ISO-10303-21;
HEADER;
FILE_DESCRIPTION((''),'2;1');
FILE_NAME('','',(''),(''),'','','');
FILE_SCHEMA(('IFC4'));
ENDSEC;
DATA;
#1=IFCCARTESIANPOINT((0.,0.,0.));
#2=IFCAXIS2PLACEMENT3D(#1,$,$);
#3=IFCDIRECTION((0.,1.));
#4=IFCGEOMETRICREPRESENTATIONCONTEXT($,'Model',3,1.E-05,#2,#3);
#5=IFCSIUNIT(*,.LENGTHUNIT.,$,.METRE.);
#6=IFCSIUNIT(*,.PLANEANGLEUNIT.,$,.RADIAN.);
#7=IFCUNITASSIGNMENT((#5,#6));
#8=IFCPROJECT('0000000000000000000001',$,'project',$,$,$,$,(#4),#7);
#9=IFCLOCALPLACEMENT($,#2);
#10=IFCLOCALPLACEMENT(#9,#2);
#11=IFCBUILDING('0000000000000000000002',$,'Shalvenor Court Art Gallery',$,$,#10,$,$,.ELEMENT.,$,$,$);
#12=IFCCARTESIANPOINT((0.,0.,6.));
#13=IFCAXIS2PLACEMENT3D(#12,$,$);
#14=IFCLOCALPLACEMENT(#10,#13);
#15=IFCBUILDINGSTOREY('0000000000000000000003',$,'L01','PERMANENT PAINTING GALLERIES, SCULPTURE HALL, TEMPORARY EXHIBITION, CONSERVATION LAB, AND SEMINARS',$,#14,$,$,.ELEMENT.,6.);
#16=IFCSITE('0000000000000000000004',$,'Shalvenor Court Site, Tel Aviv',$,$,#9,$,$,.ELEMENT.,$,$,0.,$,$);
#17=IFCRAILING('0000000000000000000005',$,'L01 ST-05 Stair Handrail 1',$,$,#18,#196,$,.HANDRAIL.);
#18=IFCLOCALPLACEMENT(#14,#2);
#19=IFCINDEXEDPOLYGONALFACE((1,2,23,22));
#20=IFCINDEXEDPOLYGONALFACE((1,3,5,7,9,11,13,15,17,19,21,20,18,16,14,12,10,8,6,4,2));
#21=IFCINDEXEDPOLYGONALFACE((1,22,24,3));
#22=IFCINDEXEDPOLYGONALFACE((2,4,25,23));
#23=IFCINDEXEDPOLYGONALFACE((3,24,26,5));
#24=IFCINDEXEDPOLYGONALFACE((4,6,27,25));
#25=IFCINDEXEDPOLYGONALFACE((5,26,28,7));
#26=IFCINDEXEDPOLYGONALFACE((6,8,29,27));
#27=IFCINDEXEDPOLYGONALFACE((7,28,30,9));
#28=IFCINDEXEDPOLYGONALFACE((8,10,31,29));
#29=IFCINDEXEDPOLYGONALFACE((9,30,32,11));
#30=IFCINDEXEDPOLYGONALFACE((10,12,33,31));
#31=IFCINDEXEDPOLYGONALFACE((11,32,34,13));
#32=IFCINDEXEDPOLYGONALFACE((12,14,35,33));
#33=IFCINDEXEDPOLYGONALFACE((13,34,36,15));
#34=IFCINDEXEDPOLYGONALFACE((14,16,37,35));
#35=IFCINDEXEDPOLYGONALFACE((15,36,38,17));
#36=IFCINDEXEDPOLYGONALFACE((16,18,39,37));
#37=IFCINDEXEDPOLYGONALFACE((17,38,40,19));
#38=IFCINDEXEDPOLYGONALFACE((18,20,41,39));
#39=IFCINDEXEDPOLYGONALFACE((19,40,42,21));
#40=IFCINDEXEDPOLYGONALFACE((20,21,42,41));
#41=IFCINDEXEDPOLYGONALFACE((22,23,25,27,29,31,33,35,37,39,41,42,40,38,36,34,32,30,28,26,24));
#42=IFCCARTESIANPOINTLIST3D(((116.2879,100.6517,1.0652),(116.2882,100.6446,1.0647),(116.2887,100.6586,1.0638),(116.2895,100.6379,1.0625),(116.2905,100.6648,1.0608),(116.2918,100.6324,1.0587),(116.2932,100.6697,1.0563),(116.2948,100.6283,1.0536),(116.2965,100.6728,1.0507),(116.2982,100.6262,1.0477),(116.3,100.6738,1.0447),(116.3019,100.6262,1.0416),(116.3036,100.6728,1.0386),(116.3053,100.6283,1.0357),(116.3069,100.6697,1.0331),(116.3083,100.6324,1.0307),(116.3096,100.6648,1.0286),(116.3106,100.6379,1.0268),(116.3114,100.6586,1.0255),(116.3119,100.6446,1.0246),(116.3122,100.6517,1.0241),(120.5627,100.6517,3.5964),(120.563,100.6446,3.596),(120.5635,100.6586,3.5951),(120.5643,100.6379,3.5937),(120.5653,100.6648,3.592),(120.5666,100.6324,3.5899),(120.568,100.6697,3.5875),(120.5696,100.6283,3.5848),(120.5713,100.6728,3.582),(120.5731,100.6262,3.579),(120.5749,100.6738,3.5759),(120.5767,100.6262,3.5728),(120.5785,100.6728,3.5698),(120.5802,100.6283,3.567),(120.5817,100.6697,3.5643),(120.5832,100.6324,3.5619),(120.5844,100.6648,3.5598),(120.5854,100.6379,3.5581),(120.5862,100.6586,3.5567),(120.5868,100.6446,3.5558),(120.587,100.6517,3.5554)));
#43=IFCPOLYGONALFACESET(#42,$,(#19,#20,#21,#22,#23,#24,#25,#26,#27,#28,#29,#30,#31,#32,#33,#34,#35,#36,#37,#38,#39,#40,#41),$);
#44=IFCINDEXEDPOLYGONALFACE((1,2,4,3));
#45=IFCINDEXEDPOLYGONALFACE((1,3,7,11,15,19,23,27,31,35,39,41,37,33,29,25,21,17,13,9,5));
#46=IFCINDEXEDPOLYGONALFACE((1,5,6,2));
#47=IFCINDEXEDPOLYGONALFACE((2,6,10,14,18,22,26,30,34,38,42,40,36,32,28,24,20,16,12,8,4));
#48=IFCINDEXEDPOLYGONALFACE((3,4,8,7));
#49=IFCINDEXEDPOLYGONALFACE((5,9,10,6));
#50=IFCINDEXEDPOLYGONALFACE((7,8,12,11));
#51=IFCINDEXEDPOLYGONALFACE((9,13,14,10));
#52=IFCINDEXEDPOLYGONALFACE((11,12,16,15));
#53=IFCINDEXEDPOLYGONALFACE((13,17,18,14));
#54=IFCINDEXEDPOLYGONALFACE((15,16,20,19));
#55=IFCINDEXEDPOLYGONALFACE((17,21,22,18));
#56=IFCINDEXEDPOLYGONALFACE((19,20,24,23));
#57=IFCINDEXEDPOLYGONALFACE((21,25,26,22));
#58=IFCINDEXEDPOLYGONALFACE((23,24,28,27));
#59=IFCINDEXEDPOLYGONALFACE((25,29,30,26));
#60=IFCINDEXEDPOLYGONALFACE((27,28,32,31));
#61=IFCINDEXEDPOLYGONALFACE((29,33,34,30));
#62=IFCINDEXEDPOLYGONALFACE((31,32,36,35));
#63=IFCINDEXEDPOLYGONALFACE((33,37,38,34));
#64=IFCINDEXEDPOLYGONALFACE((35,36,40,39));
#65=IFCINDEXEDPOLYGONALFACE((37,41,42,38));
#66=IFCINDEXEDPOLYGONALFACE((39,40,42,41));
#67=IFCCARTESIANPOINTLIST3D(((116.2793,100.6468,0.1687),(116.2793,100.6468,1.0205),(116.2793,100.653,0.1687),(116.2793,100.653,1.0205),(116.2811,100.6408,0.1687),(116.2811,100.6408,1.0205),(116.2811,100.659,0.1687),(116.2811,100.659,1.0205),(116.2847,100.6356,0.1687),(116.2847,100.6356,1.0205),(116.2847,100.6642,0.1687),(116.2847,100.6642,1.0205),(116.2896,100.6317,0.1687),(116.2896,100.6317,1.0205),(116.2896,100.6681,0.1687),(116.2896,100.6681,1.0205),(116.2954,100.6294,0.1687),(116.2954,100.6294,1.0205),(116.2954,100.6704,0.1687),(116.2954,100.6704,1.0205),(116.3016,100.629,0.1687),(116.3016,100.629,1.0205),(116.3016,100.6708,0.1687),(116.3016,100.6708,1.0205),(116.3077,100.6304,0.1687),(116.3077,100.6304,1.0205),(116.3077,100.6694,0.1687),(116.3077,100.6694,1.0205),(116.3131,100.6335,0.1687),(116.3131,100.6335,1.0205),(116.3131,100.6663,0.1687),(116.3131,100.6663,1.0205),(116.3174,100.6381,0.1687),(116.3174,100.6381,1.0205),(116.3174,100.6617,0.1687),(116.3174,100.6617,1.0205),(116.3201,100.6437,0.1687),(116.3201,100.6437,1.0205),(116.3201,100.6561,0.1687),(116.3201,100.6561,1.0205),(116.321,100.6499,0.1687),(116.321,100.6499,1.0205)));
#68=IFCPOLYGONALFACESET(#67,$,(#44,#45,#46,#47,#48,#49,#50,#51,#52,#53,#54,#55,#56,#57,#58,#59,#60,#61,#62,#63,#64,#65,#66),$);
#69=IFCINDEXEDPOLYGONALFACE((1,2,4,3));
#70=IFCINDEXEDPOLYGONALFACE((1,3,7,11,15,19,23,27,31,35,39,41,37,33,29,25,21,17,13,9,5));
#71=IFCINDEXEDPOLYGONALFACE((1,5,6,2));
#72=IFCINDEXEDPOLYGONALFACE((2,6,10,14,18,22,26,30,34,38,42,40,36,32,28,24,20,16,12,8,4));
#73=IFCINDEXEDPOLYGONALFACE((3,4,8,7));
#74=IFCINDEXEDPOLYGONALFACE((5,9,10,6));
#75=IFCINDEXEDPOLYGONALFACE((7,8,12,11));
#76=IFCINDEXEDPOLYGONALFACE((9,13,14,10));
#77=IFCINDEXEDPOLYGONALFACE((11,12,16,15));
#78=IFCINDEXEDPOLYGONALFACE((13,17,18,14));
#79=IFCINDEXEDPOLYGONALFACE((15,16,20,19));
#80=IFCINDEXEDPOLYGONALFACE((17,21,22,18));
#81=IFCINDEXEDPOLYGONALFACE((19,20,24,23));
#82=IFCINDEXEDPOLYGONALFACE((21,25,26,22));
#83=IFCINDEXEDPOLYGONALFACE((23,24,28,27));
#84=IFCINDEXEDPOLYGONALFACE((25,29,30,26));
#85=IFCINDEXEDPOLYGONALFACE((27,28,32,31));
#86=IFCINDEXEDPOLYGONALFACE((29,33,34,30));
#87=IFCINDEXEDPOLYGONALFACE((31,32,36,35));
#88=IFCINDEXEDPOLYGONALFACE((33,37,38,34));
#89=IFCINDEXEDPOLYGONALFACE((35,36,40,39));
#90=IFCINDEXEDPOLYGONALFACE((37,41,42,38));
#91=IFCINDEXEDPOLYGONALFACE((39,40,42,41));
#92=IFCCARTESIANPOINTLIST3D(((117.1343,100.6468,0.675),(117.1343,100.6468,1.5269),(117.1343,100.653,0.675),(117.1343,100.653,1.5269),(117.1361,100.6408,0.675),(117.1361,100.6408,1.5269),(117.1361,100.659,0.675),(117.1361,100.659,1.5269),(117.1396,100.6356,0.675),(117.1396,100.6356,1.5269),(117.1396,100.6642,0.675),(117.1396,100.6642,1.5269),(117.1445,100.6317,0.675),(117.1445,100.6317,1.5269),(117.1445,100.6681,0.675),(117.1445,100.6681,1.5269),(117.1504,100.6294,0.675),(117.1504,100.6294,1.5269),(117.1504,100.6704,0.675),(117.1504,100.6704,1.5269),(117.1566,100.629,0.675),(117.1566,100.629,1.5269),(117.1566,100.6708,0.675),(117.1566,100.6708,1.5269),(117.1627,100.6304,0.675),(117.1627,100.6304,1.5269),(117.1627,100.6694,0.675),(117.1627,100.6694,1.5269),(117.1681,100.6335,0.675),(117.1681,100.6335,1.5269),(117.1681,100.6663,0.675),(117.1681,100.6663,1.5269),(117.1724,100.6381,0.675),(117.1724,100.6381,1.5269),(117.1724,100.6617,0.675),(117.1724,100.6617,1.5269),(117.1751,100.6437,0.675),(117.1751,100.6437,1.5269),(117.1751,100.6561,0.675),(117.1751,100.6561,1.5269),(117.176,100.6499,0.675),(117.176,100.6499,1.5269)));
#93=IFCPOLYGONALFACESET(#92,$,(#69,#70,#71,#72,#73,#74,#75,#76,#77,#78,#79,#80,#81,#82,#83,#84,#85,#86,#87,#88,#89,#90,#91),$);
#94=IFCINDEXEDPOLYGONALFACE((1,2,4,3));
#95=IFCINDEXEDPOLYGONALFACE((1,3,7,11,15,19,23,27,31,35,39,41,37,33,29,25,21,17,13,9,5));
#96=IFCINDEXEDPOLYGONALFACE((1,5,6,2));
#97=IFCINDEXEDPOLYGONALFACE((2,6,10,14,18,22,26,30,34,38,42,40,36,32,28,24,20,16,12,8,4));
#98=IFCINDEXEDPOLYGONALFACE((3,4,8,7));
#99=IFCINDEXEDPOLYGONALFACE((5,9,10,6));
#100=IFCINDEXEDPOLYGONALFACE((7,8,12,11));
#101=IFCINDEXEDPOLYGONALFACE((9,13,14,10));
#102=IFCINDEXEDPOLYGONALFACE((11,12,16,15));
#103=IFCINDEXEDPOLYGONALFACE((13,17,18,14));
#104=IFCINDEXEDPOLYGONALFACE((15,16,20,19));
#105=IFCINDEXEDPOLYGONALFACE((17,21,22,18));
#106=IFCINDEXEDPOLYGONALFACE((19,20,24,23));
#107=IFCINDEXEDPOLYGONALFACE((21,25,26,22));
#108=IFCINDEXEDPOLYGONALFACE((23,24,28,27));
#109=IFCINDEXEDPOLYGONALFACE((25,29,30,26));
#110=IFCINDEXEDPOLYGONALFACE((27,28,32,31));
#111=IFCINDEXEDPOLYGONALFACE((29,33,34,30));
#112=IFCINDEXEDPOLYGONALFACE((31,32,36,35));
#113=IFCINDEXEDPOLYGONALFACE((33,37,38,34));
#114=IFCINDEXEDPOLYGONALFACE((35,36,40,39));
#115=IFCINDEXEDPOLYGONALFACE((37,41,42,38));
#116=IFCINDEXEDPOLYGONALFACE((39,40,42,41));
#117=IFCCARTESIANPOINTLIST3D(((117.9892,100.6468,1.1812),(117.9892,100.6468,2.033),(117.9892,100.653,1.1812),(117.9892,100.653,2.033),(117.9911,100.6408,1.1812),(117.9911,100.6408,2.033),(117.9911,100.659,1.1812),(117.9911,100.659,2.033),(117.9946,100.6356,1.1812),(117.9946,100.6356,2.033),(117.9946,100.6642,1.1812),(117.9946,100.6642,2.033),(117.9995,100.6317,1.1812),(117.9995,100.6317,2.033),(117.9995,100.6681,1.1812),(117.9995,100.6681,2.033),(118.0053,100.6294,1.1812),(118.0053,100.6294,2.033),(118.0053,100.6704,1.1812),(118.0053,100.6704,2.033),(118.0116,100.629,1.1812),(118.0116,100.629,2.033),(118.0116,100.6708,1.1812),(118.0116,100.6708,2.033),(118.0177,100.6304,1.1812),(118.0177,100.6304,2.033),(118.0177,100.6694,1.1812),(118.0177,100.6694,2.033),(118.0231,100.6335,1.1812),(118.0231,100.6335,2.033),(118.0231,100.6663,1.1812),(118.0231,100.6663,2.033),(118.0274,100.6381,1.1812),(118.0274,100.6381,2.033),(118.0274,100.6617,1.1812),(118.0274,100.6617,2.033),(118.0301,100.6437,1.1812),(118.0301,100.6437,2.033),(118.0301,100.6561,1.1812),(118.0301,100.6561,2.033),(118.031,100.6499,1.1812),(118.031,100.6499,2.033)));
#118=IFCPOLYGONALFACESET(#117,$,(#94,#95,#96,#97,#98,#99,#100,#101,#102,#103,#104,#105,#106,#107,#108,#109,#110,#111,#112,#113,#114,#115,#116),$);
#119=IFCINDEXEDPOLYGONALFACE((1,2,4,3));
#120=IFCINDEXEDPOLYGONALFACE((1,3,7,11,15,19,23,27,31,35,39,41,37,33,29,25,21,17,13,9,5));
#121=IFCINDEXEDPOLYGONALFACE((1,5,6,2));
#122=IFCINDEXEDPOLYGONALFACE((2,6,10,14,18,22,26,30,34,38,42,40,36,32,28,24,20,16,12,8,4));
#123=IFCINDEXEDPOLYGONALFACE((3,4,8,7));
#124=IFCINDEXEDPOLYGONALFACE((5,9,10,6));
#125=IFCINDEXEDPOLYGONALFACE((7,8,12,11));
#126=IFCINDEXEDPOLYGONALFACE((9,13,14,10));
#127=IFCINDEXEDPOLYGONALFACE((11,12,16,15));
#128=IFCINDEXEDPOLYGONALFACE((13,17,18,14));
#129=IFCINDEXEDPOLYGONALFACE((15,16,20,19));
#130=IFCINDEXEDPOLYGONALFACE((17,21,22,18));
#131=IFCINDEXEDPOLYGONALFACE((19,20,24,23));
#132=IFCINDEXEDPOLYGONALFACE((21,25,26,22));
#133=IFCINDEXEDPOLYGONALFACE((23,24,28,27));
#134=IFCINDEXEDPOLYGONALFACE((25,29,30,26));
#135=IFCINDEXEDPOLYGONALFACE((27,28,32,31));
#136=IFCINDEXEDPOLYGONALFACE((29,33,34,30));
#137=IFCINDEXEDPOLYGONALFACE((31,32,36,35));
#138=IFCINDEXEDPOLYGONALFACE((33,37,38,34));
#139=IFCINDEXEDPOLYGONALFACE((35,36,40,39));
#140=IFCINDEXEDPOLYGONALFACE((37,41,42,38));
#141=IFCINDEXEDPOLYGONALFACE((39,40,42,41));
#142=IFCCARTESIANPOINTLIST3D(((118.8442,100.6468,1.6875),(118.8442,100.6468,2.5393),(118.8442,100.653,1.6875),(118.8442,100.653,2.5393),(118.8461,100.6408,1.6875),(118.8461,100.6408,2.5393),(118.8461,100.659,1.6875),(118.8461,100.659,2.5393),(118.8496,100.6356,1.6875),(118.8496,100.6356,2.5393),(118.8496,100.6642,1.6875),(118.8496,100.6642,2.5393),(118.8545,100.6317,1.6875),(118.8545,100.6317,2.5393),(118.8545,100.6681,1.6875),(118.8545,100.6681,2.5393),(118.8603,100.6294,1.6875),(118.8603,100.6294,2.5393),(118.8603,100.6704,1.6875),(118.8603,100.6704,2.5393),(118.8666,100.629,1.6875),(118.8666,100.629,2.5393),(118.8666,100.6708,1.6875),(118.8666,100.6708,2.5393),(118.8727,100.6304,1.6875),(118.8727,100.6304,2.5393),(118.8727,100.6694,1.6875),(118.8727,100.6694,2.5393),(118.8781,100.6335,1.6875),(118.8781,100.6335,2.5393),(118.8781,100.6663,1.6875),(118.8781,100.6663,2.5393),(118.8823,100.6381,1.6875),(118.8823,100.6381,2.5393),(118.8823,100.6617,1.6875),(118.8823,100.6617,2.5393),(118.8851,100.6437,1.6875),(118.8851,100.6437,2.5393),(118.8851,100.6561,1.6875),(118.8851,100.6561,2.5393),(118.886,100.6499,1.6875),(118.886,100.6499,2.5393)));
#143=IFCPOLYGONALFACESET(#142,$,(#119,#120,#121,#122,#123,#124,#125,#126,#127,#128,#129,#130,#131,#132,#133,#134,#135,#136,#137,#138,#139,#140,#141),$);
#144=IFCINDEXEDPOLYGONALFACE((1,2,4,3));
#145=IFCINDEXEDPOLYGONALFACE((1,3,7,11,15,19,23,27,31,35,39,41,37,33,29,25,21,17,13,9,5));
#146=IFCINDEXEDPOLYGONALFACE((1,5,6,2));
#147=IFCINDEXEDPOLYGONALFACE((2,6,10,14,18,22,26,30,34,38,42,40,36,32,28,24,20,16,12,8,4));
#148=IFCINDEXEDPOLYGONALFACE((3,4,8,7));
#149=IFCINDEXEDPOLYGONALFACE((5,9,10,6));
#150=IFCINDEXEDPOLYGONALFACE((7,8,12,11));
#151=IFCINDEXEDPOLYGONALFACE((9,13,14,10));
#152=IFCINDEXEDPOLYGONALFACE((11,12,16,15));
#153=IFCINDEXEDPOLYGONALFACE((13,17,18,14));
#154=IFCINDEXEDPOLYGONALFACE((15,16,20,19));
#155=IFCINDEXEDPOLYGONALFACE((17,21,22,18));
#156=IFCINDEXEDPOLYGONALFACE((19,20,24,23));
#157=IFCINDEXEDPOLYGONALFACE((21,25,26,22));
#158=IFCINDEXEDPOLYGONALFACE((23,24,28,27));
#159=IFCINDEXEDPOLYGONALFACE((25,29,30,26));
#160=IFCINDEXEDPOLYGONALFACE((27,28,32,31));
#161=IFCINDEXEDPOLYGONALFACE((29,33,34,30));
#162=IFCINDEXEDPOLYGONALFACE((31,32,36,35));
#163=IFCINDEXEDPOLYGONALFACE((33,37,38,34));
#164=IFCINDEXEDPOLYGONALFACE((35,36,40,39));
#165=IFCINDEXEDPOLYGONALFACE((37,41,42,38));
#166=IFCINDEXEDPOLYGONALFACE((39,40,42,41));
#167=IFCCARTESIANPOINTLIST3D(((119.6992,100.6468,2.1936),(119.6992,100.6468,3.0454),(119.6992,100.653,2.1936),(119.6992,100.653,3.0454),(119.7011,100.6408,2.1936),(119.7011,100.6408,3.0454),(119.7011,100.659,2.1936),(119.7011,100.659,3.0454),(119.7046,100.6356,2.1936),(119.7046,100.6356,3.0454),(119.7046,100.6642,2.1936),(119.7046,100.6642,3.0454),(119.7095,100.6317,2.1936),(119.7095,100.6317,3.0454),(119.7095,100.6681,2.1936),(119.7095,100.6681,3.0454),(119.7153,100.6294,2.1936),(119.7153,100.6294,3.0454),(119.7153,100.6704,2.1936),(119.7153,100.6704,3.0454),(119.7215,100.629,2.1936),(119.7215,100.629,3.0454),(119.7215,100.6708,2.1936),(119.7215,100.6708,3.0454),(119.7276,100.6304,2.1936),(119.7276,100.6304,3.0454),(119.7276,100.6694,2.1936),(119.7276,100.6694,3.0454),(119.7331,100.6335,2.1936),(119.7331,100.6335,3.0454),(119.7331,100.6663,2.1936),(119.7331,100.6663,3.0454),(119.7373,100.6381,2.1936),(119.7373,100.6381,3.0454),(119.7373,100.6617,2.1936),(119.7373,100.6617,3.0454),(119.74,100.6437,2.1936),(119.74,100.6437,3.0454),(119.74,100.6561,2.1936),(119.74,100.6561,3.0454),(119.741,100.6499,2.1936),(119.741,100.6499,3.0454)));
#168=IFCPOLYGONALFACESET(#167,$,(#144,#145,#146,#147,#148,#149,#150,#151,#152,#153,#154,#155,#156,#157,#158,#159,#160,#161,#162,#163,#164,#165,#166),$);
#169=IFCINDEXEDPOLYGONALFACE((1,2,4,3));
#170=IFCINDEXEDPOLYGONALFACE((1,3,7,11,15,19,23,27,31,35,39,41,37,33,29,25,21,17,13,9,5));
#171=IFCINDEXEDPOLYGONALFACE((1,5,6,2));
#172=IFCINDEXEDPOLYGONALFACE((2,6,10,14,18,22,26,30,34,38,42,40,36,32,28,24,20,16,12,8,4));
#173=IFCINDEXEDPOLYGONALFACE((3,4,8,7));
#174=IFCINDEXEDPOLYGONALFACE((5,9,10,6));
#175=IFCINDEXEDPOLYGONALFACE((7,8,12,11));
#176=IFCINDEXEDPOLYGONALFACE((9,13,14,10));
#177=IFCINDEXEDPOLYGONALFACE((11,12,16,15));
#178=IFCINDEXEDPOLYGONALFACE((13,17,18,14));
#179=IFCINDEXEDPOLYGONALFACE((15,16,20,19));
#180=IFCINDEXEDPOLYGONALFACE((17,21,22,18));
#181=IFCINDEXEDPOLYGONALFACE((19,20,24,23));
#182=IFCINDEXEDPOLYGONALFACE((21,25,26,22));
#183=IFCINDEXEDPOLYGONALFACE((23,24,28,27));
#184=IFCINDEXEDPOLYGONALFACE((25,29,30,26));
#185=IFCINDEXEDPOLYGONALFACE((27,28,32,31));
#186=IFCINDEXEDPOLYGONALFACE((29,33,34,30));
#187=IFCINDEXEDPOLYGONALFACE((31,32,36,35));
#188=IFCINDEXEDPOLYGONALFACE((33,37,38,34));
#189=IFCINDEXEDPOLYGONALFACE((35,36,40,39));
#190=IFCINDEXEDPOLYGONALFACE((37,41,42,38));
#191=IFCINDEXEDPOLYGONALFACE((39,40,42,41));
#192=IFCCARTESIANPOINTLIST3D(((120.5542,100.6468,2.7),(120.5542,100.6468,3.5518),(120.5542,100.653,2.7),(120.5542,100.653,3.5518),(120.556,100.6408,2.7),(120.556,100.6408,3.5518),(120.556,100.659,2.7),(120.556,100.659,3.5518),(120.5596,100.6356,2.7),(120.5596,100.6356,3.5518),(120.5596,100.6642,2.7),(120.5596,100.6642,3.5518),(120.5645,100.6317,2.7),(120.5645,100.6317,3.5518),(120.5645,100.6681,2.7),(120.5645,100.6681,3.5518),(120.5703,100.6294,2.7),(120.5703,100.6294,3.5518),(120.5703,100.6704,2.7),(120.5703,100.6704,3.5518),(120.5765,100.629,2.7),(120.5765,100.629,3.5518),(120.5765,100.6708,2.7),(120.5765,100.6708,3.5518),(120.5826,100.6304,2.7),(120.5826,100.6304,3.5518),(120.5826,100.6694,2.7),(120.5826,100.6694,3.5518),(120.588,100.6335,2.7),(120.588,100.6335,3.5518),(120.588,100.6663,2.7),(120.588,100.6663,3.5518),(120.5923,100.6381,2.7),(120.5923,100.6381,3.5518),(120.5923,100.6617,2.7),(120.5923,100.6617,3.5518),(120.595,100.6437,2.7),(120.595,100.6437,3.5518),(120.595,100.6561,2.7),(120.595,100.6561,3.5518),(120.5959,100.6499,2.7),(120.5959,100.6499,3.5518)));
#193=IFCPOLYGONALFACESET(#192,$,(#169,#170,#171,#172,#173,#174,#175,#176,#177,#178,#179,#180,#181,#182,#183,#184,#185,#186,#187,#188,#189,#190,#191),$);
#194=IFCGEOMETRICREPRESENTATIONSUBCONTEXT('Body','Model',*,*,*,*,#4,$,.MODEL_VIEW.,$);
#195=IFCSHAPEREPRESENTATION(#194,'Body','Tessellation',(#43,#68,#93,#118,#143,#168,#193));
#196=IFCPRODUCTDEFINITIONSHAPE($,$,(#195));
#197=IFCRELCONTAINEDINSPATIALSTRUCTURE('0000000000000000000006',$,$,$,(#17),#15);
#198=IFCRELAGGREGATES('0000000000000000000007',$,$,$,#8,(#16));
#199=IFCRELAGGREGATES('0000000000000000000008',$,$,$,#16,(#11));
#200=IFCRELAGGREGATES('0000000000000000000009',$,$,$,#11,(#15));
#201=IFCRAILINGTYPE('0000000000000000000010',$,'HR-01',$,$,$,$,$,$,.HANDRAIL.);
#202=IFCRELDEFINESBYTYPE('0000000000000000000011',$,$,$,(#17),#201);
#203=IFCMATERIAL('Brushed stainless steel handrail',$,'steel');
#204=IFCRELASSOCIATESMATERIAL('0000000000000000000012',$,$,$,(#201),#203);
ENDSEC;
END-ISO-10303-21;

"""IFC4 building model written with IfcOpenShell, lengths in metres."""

from ifc_helpers import new_model, si_unit, direction, frame, origin, origin_2d, place, context, subcontext, project, spatial, circle, extrude, material, type_object, element, save


model = new_model("IFC4")

# Units and contexts
model_context = context("Model", 3, precision=1e-05, world=origin(), true_north=direction((0.0, 1.0)))
body_context = subcontext(model_context, "Body", "Model", "MODEL_VIEW")
ifc_project = project(units=[si_unit("LENGTHUNIT", "METRE"), si_unit("PLANEANGLEUNIT", "RADIAN")], contexts=[model_context])

# Site, building, storey
site_placement = place(None, origin())
site = spatial("IfcSite", under=ifc_project, at=site_placement, Name="Shalvenor Court Site, Tel Aviv", CompositionType="ELEMENT", RefElevation=0.0)
building_placement = place(site_placement, origin())
building = spatial("IfcBuilding", under=site, at=building_placement, Name="Shalvenor Court Art Gallery", CompositionType="ELEMENT")
storey_placement = place(building_placement, frame((0.0, 0.0, 6.0)))
storey = spatial("IfcBuildingStorey", under=building, at=storey_placement, Name="L01", Description="PERMANENT PAINTING GALLERIES, SCULPTURE HALL, TEMPORARY EXHIBITION, CONSERVATION LAB, AND SEMINARS", CompositionType="ELEMENT", Elevation=6.0)

# Railing
ifc_material_1 = material(Name="Brushed stainless steel handrail", Category="steel")
railing_type_1 = type_object("IfcRailingType", Name="HR-01", PredefinedType="HANDRAIL", material=ifc_material_1)
railing_1_placement = place(storey_placement, frame((116.3, 100.6499, 0.1687)))
element("IfcRailing", 1, at=railing_1_placement, inside=storey, type_object=railing_type_1, Name="L01 ST-05 Stair Handrail 1", PredefinedType="HANDRAIL", context=body_context, shape_type="SweptSolid", body=[
    extrude(circle(Radius=0.0239, at=origin_2d()), frame((0.0, 0.0, 0.876), z_axis=(0.86047, 0.0, 0.509501), x_axis=(0.0, 1.0, 0.0)), (0.0, 0.0, 1.0), 4.968),
    extrude(circle(Radius=0.021, at=origin_2d()), origin(), (0.0, 0.0, 1.0), 0.8518),
    extrude(circle(Radius=0.021, at=origin_2d()), frame((0.855, 0.0, 0.5063)), (0.0, 0.0, 1.0), 0.8518),
    extrude(circle(Radius=0.021, at=origin_2d()), frame((1.71, 0.0, 1.0125)), (0.0, 0.0, 1.0), 0.8518),
    extrude(circle(Radius=0.021, at=origin_2d()), frame((2.5649, 0.0, 1.5188)), (0.0, 0.0, 1.0), 0.8518),
    extrude(circle(Radius=0.021, at=origin_2d()), frame((3.4199, 0.0, 2.0249)), (0.0, 0.0, 1.0), 0.8518),
    extrude(circle(Radius=0.021, at=origin_2d()), frame((4.2749, 0.0, 2.5312)), (0.0, 0.0, 1.0), 0.8518),
])

save(model, "model.ifc")
